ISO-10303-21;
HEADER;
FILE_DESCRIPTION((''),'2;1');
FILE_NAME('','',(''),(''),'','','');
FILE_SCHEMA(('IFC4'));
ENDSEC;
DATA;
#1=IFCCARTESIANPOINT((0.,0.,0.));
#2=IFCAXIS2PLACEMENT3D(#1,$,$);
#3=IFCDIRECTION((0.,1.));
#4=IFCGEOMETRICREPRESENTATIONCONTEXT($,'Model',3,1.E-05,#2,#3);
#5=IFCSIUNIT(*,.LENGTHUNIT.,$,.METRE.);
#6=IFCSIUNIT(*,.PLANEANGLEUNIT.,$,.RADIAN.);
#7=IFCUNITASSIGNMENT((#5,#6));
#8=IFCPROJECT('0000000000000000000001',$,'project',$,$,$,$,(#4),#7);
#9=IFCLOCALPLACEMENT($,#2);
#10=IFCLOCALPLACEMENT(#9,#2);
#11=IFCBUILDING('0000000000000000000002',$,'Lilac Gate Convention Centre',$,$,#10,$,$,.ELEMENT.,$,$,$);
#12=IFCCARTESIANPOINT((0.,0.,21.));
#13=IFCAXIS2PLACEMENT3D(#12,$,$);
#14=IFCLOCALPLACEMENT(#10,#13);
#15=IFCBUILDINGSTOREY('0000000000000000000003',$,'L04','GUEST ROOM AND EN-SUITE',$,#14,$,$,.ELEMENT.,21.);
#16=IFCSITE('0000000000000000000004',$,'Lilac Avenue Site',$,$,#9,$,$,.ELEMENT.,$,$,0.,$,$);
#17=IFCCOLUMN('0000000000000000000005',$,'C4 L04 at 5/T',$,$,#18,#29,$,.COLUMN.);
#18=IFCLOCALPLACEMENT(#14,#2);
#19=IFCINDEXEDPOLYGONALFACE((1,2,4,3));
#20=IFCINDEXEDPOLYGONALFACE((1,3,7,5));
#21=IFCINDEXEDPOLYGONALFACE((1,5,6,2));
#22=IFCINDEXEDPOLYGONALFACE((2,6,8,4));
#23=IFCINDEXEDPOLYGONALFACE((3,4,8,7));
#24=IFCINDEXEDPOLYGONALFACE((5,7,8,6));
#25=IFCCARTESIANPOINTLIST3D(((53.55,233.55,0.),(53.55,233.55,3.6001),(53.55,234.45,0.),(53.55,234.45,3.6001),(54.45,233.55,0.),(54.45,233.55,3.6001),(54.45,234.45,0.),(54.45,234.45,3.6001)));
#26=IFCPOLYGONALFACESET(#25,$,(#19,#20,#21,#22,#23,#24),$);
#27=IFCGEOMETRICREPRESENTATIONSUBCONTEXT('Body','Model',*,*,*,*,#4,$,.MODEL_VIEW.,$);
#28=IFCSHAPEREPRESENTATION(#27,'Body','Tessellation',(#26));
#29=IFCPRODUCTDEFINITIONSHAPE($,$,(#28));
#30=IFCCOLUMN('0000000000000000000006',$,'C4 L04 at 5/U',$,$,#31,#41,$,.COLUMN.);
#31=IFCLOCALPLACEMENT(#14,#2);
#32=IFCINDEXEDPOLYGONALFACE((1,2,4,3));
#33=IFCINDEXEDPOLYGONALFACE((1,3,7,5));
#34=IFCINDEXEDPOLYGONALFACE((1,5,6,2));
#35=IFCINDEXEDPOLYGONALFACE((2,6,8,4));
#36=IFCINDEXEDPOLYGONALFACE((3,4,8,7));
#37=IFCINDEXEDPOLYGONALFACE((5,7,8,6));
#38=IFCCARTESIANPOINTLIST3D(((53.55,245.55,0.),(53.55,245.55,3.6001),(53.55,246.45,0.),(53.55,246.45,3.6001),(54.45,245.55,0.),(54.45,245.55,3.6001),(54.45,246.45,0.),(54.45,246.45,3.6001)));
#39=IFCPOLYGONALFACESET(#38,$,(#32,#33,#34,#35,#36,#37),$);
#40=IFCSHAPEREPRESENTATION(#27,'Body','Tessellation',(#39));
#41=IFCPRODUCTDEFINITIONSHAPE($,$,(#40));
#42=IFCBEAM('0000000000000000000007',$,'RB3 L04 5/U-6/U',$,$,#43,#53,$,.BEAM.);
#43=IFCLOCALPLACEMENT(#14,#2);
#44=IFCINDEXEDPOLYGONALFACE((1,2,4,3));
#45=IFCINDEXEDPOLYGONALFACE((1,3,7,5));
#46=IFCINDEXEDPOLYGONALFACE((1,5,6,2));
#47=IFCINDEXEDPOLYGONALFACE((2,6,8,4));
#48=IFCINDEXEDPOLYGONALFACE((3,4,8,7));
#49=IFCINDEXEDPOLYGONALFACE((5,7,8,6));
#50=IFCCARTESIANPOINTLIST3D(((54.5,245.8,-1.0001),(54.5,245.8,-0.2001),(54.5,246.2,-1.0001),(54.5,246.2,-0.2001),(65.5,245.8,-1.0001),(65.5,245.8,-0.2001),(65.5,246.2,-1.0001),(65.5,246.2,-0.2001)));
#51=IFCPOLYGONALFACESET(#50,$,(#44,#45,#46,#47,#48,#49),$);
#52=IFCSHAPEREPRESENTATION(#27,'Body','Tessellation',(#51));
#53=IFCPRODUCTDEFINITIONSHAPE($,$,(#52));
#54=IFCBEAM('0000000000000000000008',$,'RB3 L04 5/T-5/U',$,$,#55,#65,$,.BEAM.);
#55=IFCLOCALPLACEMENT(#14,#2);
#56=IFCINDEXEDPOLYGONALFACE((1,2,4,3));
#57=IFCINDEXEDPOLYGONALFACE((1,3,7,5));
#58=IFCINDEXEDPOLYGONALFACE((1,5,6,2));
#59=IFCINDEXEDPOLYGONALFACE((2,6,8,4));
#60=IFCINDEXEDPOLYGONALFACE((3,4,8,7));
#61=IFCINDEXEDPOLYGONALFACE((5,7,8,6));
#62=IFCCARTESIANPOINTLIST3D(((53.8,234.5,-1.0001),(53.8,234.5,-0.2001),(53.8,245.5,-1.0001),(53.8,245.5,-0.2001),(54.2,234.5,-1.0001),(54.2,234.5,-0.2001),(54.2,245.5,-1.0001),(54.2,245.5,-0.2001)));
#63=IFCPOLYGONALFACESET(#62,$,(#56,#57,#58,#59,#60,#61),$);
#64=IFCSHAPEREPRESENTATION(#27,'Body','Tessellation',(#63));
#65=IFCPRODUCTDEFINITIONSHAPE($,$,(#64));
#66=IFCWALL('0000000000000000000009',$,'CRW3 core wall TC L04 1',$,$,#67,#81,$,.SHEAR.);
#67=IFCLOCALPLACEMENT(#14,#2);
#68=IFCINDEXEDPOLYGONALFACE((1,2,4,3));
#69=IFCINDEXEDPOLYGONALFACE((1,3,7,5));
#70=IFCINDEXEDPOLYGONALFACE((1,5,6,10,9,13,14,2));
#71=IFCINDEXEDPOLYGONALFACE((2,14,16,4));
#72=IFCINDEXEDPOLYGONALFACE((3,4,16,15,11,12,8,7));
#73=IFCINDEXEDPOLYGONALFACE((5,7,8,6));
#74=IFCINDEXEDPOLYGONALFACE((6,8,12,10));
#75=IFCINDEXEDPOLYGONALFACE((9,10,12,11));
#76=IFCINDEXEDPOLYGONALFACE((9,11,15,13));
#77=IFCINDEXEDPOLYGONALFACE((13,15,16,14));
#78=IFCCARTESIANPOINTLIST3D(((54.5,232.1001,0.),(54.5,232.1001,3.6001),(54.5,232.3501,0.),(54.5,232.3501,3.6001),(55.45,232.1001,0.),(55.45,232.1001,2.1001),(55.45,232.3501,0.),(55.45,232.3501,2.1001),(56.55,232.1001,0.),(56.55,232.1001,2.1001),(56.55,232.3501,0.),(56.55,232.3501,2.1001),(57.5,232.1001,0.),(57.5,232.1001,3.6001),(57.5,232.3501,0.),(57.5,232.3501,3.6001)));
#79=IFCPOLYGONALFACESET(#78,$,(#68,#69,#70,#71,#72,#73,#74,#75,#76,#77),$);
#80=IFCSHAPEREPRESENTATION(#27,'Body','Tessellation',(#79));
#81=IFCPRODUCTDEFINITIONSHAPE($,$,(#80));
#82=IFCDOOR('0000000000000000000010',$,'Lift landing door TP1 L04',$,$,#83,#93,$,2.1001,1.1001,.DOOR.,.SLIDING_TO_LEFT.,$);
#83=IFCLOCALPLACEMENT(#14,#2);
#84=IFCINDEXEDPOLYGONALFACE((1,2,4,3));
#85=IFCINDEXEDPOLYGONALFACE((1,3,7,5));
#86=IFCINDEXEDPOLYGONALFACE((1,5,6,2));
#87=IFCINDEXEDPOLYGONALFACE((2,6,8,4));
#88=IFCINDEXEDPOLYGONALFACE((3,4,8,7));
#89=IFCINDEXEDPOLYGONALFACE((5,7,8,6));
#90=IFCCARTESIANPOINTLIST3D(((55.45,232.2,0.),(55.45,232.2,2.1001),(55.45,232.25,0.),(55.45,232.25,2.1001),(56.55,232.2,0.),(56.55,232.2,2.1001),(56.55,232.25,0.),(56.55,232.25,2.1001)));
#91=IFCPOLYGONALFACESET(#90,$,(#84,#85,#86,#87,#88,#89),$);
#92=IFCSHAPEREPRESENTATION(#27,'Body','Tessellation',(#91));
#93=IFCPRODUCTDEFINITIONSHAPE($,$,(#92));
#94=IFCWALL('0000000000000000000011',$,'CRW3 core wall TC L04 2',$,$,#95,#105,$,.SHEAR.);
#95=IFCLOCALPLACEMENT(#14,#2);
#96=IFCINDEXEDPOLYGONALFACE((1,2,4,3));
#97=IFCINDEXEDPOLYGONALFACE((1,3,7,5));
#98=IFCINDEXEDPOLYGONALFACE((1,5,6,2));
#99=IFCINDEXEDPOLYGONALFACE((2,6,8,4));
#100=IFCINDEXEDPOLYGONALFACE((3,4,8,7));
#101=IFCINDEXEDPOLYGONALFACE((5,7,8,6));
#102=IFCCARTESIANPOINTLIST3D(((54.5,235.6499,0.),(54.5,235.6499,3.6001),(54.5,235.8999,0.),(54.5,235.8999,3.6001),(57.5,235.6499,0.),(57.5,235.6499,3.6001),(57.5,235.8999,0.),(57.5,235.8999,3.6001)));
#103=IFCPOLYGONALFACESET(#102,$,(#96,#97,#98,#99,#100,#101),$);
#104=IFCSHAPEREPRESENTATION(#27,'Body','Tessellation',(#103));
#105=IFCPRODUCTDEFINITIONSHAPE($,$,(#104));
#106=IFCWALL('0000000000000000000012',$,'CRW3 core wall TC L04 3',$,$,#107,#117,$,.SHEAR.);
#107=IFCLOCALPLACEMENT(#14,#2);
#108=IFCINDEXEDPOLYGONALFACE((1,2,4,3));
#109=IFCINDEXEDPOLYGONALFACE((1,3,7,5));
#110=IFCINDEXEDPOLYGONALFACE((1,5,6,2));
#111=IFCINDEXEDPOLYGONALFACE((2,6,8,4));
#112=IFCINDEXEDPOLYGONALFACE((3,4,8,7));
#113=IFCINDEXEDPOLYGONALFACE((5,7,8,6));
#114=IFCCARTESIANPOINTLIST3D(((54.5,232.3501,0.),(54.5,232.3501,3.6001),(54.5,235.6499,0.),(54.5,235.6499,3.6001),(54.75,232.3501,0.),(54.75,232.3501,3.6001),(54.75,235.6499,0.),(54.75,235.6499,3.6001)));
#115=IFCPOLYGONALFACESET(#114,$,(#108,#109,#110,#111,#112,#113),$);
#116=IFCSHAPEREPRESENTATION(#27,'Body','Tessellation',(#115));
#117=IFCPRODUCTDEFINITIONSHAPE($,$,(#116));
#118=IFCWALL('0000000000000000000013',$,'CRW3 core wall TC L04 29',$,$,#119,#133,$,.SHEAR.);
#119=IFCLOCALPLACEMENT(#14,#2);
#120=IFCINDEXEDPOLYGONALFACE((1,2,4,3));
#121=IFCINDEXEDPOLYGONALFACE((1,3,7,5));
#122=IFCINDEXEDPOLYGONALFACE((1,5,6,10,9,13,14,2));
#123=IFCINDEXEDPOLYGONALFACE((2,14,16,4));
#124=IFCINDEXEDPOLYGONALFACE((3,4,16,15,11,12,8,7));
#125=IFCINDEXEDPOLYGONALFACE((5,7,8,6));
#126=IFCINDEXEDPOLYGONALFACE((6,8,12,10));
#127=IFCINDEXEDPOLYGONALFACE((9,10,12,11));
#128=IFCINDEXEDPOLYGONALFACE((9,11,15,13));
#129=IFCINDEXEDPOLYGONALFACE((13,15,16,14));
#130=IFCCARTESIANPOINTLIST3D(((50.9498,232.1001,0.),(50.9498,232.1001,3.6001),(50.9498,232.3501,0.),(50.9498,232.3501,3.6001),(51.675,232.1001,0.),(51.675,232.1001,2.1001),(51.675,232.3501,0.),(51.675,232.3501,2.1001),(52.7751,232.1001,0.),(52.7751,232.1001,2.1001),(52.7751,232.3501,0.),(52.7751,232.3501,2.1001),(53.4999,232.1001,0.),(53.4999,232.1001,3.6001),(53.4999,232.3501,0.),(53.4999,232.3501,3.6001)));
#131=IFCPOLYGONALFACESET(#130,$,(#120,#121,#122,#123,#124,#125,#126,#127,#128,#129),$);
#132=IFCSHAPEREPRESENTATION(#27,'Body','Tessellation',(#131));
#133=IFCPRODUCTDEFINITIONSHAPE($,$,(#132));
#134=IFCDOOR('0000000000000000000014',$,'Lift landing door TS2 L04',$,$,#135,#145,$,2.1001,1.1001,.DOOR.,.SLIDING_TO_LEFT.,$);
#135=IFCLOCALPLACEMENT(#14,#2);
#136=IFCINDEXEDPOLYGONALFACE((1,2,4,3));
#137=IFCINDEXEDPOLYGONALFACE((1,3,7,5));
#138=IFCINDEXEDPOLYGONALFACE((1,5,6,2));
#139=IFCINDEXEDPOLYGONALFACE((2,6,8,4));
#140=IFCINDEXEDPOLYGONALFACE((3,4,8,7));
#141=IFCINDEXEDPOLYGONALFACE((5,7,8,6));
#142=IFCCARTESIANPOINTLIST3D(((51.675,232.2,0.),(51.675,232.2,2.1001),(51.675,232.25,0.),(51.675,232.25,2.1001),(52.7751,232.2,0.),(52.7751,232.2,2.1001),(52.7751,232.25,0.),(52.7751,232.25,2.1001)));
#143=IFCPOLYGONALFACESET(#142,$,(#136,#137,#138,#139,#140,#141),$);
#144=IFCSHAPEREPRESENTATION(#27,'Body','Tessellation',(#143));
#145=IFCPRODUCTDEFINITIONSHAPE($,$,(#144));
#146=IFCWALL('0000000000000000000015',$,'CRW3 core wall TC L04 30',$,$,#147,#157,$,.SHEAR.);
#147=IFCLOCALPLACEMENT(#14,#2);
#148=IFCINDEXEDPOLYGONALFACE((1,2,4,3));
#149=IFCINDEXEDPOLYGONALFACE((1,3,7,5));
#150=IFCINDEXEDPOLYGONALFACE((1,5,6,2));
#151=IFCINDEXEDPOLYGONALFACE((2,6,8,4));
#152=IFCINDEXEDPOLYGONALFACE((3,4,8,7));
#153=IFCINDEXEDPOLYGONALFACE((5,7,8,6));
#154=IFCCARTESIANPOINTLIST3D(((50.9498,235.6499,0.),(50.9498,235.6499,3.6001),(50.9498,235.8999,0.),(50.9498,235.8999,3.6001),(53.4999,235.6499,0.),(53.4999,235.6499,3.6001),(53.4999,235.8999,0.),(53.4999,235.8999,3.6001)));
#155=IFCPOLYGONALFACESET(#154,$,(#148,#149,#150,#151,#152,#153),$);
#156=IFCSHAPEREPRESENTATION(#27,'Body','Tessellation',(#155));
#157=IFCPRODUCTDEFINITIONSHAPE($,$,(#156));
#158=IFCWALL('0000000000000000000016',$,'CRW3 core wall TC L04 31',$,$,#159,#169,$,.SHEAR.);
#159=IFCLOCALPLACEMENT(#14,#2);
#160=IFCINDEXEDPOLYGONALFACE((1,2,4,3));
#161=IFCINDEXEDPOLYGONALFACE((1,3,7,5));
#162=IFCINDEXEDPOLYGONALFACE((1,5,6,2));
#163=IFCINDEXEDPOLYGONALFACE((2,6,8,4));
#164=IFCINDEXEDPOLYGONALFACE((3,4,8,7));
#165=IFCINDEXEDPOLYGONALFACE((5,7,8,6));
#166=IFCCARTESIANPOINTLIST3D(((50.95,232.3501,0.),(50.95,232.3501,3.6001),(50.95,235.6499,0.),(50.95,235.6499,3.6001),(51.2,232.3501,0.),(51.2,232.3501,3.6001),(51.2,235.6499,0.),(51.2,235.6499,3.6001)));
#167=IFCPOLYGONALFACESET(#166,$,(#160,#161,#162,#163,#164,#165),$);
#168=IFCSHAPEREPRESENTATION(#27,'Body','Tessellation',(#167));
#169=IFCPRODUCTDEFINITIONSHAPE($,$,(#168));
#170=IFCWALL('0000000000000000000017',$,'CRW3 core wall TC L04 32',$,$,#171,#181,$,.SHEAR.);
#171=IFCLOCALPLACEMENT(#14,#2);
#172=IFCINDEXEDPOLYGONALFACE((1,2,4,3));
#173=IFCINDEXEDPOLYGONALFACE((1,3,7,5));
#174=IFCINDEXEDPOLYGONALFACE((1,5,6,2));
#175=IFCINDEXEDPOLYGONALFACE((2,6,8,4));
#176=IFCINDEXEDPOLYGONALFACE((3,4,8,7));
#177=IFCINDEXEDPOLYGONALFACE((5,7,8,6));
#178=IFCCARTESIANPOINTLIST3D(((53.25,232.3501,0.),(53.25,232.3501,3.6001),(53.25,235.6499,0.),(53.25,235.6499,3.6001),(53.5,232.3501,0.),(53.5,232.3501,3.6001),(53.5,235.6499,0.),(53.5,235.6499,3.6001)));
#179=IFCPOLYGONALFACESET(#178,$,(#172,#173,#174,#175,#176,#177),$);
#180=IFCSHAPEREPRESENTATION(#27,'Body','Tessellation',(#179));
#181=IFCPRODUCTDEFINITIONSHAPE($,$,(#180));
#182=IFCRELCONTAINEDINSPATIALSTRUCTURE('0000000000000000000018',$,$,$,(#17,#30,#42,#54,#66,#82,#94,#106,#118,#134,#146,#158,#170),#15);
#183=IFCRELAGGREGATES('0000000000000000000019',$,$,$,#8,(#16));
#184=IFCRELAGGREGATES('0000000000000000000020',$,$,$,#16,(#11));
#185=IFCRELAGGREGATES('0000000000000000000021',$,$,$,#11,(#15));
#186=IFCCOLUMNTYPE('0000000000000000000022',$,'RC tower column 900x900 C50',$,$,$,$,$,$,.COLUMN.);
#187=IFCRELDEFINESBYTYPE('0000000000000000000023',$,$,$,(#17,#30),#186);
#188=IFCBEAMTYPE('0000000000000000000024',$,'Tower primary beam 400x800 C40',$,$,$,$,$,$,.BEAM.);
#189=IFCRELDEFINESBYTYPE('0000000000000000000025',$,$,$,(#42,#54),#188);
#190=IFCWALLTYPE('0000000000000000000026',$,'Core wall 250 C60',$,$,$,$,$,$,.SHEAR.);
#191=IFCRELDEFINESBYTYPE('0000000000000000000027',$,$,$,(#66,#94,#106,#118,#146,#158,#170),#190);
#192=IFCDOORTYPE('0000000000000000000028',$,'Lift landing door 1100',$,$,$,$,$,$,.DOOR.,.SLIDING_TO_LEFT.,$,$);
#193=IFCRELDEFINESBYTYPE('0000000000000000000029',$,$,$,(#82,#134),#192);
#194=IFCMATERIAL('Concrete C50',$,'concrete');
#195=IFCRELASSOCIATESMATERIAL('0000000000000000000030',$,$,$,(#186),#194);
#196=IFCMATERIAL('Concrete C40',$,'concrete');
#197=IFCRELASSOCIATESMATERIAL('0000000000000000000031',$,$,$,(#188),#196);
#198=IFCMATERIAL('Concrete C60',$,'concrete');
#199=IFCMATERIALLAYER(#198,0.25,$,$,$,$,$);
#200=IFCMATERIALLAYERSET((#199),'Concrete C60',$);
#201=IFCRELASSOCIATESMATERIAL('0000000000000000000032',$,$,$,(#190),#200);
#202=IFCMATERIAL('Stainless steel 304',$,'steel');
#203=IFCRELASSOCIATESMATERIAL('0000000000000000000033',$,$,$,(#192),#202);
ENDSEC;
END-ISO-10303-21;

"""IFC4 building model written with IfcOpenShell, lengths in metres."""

from ifc_helpers import new_model, si_unit, direction, frame, frame_2d, origin, origin_2d, place, context, subcontext, project, spatial, rectangle, extrude, material, layer, layer_set, material_profile, profile_set, type_object, element, fill, save


model = new_model("IFC4")

# Units and contexts
model_context = context("Model", 3, precision=1e-05, world=origin(), true_north=direction((0.0, 1.0)))
body_context = subcontext(model_context, "Body", "Model", "MODEL_VIEW")
ifc_project = project(units=[si_unit("LENGTHUNIT", "METRE"), si_unit("PLANEANGLEUNIT", "RADIAN")], contexts=[model_context])

# Site, building, storey
site_placement = place(None, origin())
site = spatial("IfcSite", under=ifc_project, at=site_placement, Name="Lilac Avenue Site", CompositionType="ELEMENT", RefElevation=0.0)
building_placement = place(site_placement, origin())
building = spatial("IfcBuilding", under=site, at=building_placement, Name="Lilac Gate Convention Centre", CompositionType="ELEMENT")
storey_placement = place(building_placement, frame((0.0, 0.0, 21.0)))
storey = spatial("IfcBuildingStorey", under=building, at=storey_placement, Name="L04", Description="GUEST ROOM AND EN-SUITE", CompositionType="ELEMENT", Elevation=21.0)

# Columns
ifc_material_1 = material(Name="Concrete C50", Category="concrete")
ifc_material_profile_1 = material_profile(ifc_material_1, rectangle(XDim=0.8999, YDim=0.8999, at=origin_2d()), Name="RC 900x900")
ifc_profile_set_1 = profile_set([ifc_material_profile_1], Name="Concrete C50")
column_type = type_object("IfcColumnType", Name="RC tower column 900x900 C50", PredefinedType="COLUMN", material=ifc_profile_set_1)
for number, where, z_axis, x_axis, name in (
    (1, (54.0, 234.0, 0.0), (0.0, 0.0, 1.0), (1.0, 0.0, 0.0), "C4 L04 at 5/T"),
    (2, (54.0, 246.0, 0.0), (0.0, 0.0, 1.0), (1.0, 0.0, 0.0), "C4 L04 at 5/U"),
):
    element("IfcColumn", number, at=place(storey_placement, frame(where, z_axis=z_axis, x_axis=x_axis)), inside=storey, type_object=column_type, Name=name, PredefinedType="COLUMN", context=body_context, shape_type="SweptSolid", body=[
        extrude(rectangle(XDim=0.8999, YDim=0.8999, at=origin_2d()), origin(), (0.0, 0.0, 1.0), 3.6001),
    ])

# Beams
ifc_material_2 = material(Name="Concrete C40", Category="concrete")
ifc_material_profile_2 = material_profile(ifc_material_2, rectangle(XDim=0.3999, YDim=0.8, at=origin_2d()), Name="RC 400x800")
ifc_profile_set_2 = profile_set([ifc_material_profile_2], Name="Concrete C40")
beam_type = type_object("IfcBeamType", Name="Tower primary beam 400x800 C40", PredefinedType="BEAM", material=ifc_profile_set_2)
for number, where, z_axis, x_axis, name in (
    (3, (54.5, 246.0, -0.6001), (1.0, 0.0, 0.0), (0.0, 1.0, 0.0), "RB3 L04 5/U-6/U"),
    (4, (54.0, 234.5, -0.6001), (0.0, 1.0, 0.0), (-1.0, 0.0, 0.0), "RB3 L04 5/T-5/U"),
):
    element("IfcBeam", number, at=place(storey_placement, frame(where, z_axis=z_axis, x_axis=x_axis)), inside=storey, type_object=beam_type, Name=name, PredefinedType="BEAM", context=body_context, shape_type="SweptSolid", body=[
        extrude(rectangle(XDim=0.3999, YDim=0.8, at=origin_2d()), origin(), (0.0, 0.0, 1.0), 11.0),
    ])

# Wall, opening, door
ifc_material_3 = material(Name="Concrete C60", Category="concrete")
ifc_layer_1 = layer(ifc_material_3, 0.25)
ifc_layer_set_1 = layer_set([ifc_layer_1], Name="Concrete C60")
wall_type_1 = type_object("IfcWallType", Name="Core wall 250 C60", PredefinedType="SHEAR", material=ifc_layer_set_1)
wall_1_placement = place(storey_placement, frame((54.5, 232.2251, 0.0), z_axis=(0.0, 0.0, 1.0), x_axis=(1.0, 0.0, 0.0)))
wall_1 = element("IfcWall", 5, at=wall_1_placement, inside=storey, type_object=wall_type_1, Name="CRW3 core wall TC L04 1", PredefinedType="SHEAR", context=body_context, shape_type="SweptSolid", body=[
    extrude(rectangle(XDim=3.0, YDim=0.25, at=frame_2d((1.5, 0.0))), origin(), (0.0, 0.0, 1.0), 3.6001),
])
opening_1_placement = place(wall_1_placement, frame((0.95, 0.0, 0.0)))
opening_1 = element("IfcOpeningElement", 6, at=opening_1_placement, cuts=wall_1, PredefinedType="OPENING", context=body_context, shape_type="SweptSolid", body=[
    extrude(rectangle(XDim=1.1001, YDim=2.1001, at=frame_2d((0.55, 1.05))), frame((0.0, 0.135, 0.0), z_axis=(0.0, -1.0, 0.0), x_axis=(1.0, 0.0, 0.0)), (0.0, 0.0, 1.0), 0.27),
])
ifc_material_4 = material(Name="Stainless steel 304", Category="steel")
door_type_1 = type_object("IfcDoorType", Name="Lift landing door 1100", OperationType="SLIDING_TO_LEFT", PredefinedType="DOOR", material=ifc_material_4)
door_1_placement = place(opening_1_placement, origin())
door_1 = element("IfcDoor", 7, at=door_1_placement, inside=storey, type_object=door_type_1, Name="Lift landing door TP1 L04", OperationType="SLIDING_TO_LEFT", OverallHeight=2.1001, OverallWidth=1.1001, PredefinedType="DOOR", context=body_context, shape_type="SweptSolid", body=[
    extrude(rectangle(XDim=1.1001, YDim=2.1001, at=frame_2d((0.55, 1.05))), frame((0.0, 0.0249, 0.0), z_axis=(0.0, -1.0, 0.0), x_axis=(1.0, 0.0, 0.0)), (0.0, 0.0, 1.0), 0.05),
])
fill(opening_1, door_1)

# Walls
wall_2_placement = place(storey_placement, frame((54.5, 235.7749, 0.0), z_axis=(0.0, 0.0, 1.0), x_axis=(1.0, 0.0, 0.0)))
element("IfcWall", 8, at=wall_2_placement, inside=storey, type_object=wall_type_1, Name="CRW3 core wall TC L04 2", PredefinedType="SHEAR", context=body_context, shape_type="SweptSolid", body=[
    extrude(rectangle(XDim=3.0, YDim=0.25, at=frame_2d((1.5, 0.0))), origin(), (0.0, 0.0, 1.0), 3.6001),
])
wall_3_placement = place(storey_placement, frame((54.625, 232.3501, 0.0), z_axis=(0.0, 0.0, 1.0), x_axis=(0.0, 1.0, 0.0)))
element("IfcWall", 9, at=wall_3_placement, inside=storey, type_object=wall_type_1, Name="CRW3 core wall TC L04 3", PredefinedType="SHEAR", context=body_context, shape_type="SweptSolid", body=[
    extrude(rectangle(XDim=3.2998, YDim=0.25, at=frame_2d((1.6499, 0.0))), origin(), (0.0, 0.0, 1.0), 3.6001),
])

# Wall, opening, door
wall_4_placement = place(storey_placement, frame((50.95, 232.2251, 0.0), z_axis=(0.0, 0.0, 1.0), x_axis=(1.0, 0.0, 0.0)))
wall_4 = element("IfcWall", 10, at=wall_4_placement, inside=storey, type_object=wall_type_1, Name="CRW3 core wall TC L04 29", PredefinedType="SHEAR", context=body_context, shape_type="SweptSolid", body=[
    extrude(rectangle(XDim=2.55, YDim=0.25, at=frame_2d((1.2749, 0.0))), origin(), (0.0, 0.0, 1.0), 3.6001),
])
opening_2_placement = place(wall_4_placement, frame((0.7251, 0.0, 0.0)))
opening_2 = element("IfcOpeningElement", 11, at=opening_2_placement, cuts=wall_4, PredefinedType="OPENING", context=body_context, shape_type="SweptSolid", body=[
    extrude(rectangle(XDim=1.1001, YDim=2.1001, at=frame_2d((0.55, 1.05))), frame((0.0, 0.135, 0.0), z_axis=(0.0, -1.0, 0.0), x_axis=(1.0, 0.0, 0.0)), (0.0, 0.0, 1.0), 0.27),
])
door_2_placement = place(opening_2_placement, origin())
door_2 = element("IfcDoor", 12, at=door_2_placement, inside=storey, type_object=door_type_1, Name="Lift landing door TS2 L04", OperationType="SLIDING_TO_LEFT", OverallHeight=2.1001, OverallWidth=1.1001, PredefinedType="DOOR", context=body_context, shape_type="SweptSolid", body=[
    extrude(rectangle(XDim=1.1001, YDim=2.1001, at=frame_2d((0.55, 1.05))), frame((0.0, 0.0249, 0.0), z_axis=(0.0, -1.0, 0.0), x_axis=(1.0, 0.0, 0.0)), (0.0, 0.0, 1.0), 0.05),
])
fill(opening_2, door_2)

# Walls
wall_5_placement = place(storey_placement, frame((50.95, 235.7749, 0.0), z_axis=(0.0, 0.0, 1.0), x_axis=(1.0, 0.0, 0.0)))
element("IfcWall", 13, at=wall_5_placement, inside=storey, type_object=wall_type_1, Name="CRW3 core wall TC L04 30", PredefinedType="SHEAR", context=body_context, shape_type="SweptSolid", body=[
    extrude(rectangle(XDim=2.55, YDim=0.25, at=frame_2d((1.2749, 0.0))), origin(), (0.0, 0.0, 1.0), 3.6001),
])
for number, where, z_axis, x_axis, name in (
    (14, (51.075, 232.3501, 0.0), (0.0, 0.0, 1.0), (0.0, 1.0, 0.0), "CRW3 core wall TC L04 31"),
    (15, (53.375, 232.3501, 0.0), (0.0, 0.0, 1.0), (0.0, 1.0, 0.0), "CRW3 core wall TC L04 32"),
):
    element("IfcWall", number, at=place(storey_placement, frame(where, z_axis=z_axis, x_axis=x_axis)), inside=storey, type_object=wall_type_1, Name=name, PredefinedType="SHEAR", context=body_context, shape_type="SweptSolid", body=[
        extrude(rectangle(XDim=3.2998, YDim=0.25, at=frame_2d((1.6499, 0.0))), origin(), (0.0, 0.0, 1.0), 3.6001),
    ])

save(model, "model.ifc")
